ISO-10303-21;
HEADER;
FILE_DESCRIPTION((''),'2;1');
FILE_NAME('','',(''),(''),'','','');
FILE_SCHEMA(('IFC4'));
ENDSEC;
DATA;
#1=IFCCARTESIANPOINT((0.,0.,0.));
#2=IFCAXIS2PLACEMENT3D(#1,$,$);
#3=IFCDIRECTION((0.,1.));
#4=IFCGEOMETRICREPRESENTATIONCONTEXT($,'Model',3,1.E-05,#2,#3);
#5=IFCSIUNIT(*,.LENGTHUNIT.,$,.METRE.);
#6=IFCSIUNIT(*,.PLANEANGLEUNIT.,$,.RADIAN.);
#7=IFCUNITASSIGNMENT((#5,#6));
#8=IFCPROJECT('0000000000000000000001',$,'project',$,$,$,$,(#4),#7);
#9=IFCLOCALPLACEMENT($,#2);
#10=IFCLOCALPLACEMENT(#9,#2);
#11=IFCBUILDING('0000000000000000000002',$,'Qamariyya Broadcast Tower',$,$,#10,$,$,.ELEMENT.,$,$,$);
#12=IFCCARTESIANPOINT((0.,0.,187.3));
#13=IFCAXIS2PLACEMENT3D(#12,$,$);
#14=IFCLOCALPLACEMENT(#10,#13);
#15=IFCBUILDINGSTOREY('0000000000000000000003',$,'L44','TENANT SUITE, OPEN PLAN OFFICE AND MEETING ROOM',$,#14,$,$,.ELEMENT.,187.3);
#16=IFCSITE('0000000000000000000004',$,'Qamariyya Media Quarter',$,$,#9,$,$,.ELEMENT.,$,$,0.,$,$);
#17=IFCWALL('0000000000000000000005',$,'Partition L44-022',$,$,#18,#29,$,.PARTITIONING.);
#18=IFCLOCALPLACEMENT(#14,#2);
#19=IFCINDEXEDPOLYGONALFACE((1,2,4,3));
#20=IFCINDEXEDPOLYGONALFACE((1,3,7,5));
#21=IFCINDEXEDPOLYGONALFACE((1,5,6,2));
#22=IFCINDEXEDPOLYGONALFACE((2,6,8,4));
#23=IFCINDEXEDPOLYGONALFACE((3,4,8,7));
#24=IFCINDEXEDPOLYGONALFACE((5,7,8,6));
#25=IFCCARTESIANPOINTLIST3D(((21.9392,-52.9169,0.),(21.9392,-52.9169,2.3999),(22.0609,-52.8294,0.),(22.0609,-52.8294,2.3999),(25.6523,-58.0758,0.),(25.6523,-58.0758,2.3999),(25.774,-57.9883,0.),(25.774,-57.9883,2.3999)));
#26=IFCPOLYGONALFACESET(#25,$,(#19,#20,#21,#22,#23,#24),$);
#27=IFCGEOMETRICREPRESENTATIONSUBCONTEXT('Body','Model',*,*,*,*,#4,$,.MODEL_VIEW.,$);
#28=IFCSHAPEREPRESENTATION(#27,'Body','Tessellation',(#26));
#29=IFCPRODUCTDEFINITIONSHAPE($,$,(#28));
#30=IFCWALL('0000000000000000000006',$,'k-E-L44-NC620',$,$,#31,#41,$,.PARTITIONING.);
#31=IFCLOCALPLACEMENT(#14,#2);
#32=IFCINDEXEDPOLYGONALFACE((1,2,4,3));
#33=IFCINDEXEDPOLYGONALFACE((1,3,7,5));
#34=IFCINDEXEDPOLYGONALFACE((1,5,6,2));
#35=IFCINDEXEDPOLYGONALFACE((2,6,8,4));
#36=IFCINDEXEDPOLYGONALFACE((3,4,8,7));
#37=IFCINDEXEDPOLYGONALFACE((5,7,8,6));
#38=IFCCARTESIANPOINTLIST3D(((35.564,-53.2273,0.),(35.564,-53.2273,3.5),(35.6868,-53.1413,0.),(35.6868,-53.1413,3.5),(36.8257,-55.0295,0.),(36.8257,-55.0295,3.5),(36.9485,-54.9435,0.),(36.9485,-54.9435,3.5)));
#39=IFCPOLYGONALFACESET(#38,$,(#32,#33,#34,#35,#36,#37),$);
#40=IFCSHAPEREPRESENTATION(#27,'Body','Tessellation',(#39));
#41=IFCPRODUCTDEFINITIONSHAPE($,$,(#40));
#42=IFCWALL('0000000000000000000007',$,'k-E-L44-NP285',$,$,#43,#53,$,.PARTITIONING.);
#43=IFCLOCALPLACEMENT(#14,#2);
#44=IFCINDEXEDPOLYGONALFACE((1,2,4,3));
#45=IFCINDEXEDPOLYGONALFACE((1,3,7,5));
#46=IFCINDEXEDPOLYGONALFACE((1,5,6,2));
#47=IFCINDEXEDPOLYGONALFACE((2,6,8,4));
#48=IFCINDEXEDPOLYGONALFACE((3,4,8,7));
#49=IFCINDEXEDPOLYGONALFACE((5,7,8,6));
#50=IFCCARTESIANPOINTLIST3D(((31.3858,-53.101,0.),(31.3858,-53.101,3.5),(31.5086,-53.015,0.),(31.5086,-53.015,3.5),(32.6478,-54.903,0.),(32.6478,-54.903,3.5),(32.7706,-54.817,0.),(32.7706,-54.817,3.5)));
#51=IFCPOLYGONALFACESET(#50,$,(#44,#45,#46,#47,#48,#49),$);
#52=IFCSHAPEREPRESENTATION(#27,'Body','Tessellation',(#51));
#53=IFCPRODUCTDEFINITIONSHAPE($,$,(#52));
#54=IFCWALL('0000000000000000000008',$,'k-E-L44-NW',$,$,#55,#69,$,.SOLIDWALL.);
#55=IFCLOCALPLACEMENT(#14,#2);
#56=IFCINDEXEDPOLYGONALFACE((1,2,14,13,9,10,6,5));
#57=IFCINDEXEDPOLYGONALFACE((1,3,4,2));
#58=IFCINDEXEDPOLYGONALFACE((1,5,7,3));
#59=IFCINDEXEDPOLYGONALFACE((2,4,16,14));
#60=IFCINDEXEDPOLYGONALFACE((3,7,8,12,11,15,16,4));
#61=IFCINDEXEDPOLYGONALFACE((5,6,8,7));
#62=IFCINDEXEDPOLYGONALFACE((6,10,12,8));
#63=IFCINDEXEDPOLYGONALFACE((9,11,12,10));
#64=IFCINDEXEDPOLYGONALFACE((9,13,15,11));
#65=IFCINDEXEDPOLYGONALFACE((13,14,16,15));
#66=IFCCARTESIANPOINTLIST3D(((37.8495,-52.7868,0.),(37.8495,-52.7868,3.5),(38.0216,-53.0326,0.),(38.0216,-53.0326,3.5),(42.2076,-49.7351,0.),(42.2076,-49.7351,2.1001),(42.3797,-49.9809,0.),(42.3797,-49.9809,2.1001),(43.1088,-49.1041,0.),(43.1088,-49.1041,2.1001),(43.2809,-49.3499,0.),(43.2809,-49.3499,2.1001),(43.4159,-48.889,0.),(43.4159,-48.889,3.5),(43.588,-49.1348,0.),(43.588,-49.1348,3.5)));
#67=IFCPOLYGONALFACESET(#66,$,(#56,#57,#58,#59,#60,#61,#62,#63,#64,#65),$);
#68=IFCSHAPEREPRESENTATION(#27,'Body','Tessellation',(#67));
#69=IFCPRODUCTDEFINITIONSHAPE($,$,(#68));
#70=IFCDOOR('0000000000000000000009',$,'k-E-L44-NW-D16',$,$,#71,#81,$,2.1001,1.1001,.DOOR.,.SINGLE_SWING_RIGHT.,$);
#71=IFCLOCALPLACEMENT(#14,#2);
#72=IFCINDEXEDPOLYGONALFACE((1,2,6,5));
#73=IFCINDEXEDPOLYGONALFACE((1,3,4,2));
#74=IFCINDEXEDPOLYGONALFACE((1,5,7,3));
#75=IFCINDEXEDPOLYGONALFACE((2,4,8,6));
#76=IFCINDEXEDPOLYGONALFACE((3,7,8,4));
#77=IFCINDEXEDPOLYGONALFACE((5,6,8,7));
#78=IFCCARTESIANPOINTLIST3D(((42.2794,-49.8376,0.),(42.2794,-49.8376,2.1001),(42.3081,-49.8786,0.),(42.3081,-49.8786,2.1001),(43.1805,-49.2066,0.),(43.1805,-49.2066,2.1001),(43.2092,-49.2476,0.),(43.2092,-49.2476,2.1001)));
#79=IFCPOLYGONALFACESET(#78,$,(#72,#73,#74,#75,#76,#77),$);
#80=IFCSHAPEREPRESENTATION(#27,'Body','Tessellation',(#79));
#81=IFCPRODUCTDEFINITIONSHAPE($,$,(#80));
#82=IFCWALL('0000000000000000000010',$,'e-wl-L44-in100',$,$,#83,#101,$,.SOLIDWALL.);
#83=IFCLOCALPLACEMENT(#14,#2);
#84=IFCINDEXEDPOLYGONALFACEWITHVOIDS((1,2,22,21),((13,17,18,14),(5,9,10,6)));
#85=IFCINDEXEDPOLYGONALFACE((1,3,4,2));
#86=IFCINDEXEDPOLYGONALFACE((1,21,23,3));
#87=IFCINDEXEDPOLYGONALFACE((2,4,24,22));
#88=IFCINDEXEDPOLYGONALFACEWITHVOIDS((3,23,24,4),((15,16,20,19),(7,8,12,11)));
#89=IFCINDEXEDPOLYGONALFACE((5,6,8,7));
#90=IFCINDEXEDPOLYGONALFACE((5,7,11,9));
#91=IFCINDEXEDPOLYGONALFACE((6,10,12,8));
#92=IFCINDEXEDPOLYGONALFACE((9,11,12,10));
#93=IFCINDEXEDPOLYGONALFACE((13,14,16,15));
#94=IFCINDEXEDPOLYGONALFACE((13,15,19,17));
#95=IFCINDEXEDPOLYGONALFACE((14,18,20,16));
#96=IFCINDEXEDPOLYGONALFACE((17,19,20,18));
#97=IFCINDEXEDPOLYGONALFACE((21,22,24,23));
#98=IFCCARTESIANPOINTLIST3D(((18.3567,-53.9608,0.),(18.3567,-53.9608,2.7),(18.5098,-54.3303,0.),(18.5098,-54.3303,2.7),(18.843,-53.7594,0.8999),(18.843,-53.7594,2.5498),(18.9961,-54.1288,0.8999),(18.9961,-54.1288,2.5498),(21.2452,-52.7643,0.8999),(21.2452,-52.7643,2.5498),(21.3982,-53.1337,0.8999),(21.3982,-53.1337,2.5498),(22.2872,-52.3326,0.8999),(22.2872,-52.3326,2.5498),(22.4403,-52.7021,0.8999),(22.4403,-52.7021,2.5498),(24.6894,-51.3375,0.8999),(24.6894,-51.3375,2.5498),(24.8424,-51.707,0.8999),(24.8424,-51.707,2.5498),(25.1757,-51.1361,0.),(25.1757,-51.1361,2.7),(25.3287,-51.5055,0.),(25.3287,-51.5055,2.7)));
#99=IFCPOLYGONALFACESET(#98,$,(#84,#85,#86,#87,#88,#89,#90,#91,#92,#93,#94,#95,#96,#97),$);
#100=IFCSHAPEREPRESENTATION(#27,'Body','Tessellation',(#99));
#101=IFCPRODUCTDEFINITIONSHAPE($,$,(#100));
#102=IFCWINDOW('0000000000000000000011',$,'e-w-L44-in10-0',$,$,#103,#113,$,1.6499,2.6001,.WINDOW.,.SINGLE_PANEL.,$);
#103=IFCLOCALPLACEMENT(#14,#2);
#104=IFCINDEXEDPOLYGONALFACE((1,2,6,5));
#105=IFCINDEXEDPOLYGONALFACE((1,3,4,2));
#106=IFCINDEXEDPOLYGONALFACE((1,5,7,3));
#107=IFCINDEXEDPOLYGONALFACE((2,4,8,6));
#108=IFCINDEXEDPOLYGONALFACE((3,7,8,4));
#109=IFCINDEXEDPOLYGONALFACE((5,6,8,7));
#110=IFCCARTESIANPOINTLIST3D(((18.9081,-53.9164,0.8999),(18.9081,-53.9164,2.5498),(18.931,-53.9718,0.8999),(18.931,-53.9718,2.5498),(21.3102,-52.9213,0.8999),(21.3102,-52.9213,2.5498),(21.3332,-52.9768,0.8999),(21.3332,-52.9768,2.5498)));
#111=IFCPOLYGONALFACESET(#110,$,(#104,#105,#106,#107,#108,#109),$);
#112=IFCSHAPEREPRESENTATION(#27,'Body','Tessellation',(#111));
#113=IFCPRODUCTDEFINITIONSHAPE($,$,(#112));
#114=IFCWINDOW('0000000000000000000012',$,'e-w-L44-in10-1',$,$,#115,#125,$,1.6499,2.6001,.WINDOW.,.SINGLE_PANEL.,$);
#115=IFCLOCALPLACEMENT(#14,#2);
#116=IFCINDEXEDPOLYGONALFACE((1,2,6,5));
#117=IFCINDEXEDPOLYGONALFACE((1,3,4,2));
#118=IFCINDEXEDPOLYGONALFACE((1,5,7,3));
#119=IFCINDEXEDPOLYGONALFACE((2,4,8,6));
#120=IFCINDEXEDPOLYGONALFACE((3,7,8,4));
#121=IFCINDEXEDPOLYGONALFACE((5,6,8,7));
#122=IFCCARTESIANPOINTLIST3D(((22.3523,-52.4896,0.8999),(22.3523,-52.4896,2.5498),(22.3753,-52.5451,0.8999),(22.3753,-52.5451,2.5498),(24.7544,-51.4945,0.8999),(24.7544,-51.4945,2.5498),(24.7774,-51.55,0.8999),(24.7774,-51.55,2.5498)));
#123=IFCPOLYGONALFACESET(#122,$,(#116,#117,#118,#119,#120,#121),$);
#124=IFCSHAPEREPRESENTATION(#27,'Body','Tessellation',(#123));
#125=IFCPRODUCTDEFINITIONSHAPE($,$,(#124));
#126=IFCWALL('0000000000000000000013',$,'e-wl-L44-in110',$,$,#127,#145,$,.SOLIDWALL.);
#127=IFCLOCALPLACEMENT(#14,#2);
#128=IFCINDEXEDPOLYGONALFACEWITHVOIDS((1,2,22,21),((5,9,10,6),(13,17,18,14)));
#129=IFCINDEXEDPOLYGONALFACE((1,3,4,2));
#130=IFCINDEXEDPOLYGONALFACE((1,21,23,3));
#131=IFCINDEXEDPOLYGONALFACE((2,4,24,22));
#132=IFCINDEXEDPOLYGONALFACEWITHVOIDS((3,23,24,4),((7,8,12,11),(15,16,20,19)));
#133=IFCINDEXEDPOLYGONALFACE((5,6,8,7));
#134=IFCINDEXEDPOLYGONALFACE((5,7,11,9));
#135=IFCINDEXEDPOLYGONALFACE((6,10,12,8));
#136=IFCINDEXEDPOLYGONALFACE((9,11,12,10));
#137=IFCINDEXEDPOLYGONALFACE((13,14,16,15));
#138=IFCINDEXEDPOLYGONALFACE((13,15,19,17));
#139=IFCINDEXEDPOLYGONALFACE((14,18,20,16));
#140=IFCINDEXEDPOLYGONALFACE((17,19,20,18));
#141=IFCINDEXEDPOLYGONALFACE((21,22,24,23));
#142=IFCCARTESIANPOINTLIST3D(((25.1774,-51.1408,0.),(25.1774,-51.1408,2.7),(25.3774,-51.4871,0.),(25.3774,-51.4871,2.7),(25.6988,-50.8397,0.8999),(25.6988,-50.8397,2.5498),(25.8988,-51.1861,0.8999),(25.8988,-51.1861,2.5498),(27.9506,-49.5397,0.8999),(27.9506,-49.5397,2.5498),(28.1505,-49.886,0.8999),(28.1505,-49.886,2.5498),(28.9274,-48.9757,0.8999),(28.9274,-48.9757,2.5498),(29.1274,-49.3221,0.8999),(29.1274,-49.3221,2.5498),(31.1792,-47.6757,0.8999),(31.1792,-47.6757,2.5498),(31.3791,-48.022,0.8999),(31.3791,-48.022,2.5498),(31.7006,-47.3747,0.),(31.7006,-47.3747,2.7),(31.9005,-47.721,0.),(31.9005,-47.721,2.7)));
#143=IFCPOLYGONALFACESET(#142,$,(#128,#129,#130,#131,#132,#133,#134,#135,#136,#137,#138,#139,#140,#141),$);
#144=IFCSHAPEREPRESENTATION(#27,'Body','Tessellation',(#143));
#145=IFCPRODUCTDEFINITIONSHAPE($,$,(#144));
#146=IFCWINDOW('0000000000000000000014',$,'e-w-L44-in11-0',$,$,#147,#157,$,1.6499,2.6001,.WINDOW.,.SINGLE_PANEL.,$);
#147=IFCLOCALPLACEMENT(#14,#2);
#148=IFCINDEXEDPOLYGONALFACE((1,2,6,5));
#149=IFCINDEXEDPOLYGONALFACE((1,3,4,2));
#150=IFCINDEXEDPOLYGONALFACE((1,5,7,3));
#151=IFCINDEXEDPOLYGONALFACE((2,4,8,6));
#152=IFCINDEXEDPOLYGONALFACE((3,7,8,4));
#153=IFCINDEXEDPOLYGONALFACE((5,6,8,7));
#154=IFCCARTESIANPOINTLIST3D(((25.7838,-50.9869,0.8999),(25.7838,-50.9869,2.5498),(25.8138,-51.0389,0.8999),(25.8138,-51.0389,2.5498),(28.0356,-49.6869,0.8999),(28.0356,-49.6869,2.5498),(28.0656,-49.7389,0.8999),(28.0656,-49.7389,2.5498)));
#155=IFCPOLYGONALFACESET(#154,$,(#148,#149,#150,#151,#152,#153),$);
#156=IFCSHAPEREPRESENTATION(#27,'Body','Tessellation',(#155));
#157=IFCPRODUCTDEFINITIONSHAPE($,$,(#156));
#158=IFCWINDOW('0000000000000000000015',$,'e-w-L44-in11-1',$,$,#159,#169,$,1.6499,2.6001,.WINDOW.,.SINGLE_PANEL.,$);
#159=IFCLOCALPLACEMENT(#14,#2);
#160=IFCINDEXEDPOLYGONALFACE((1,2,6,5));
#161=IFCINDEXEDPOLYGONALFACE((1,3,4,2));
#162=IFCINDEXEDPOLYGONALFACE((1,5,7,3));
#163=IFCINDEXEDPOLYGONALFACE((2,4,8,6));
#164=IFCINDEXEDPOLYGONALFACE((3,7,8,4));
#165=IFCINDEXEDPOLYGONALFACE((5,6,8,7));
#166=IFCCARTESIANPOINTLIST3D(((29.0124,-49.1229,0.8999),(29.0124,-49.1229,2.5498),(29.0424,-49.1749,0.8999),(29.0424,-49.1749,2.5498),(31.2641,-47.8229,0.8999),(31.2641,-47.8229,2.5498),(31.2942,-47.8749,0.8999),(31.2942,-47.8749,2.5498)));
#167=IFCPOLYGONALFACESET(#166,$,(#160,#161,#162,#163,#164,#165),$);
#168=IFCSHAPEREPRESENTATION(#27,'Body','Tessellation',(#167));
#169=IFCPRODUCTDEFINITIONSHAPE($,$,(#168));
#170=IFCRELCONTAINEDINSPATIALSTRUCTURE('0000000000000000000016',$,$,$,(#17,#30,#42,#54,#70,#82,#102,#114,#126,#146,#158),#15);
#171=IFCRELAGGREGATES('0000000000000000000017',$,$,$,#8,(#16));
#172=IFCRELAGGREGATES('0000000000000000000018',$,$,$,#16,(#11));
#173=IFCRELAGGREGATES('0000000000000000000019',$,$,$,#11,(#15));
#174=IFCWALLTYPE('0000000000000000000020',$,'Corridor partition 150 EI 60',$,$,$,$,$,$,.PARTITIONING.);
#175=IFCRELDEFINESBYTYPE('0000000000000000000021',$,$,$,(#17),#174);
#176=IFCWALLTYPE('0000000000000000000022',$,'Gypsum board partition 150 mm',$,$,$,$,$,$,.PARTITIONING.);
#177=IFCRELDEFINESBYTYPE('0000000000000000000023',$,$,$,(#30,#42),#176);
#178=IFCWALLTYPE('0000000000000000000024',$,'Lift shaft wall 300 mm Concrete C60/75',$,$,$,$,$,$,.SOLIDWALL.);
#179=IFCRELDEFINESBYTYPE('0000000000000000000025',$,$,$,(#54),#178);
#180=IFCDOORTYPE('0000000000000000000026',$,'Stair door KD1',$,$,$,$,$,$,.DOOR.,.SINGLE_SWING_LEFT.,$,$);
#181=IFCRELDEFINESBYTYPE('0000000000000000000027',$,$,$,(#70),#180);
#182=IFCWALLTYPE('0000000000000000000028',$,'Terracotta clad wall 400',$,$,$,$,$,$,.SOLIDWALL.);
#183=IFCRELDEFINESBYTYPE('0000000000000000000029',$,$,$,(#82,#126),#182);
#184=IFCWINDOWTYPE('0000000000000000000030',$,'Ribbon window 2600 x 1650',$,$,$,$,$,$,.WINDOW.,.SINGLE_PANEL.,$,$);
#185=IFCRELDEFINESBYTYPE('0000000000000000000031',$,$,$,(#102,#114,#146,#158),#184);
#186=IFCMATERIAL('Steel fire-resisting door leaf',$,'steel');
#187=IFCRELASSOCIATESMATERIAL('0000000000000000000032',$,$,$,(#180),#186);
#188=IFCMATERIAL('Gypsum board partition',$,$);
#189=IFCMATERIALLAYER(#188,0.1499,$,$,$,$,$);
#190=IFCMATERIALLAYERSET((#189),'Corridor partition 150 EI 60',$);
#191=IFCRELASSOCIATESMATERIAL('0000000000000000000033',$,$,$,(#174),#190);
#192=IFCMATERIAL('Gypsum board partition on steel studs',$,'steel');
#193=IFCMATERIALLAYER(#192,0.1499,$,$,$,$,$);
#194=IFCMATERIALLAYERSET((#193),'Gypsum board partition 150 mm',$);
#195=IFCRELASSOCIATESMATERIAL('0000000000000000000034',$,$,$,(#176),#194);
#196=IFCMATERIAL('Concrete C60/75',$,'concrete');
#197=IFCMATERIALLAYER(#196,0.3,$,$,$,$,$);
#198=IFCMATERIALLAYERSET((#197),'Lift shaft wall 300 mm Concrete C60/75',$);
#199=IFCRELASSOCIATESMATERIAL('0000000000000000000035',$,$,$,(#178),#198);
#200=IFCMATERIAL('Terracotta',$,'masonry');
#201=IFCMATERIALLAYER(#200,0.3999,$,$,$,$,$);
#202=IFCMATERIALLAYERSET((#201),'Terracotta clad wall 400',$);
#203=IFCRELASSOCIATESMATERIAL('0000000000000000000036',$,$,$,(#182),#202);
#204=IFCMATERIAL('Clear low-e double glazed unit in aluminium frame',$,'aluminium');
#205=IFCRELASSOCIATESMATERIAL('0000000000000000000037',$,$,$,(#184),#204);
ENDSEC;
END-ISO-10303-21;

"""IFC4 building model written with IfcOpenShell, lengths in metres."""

from ifc_helpers import new_model, si_unit, direction, frame, frame_2d, origin, place, context, subcontext, project, spatial, rectangle, extrude, material, layer, layer_set, type_object, element, fill, save


model = new_model("IFC4")

# Units and contexts
model_context = context("Model", 3, precision=1e-05, world=origin(), true_north=direction((0.0, 1.0)))
body_context = subcontext(model_context, "Body", "Model", "MODEL_VIEW")
ifc_project = project(units=[si_unit("LENGTHUNIT", "METRE"), si_unit("PLANEANGLEUNIT", "RADIAN")], contexts=[model_context])

# Site, building, storey
site_placement = place(None, origin())
site = spatial("IfcSite", under=ifc_project, at=site_placement, Name="Qamariyya Media Quarter", CompositionType="ELEMENT", RefElevation=0.0)
building_placement = place(site_placement, origin())
building = spatial("IfcBuilding", under=site, at=building_placement, Name="Qamariyya Broadcast Tower", CompositionType="ELEMENT")
storey_placement = place(building_placement, frame((0.0, 0.0, 187.3)))
storey = spatial("IfcBuildingStorey", under=building, at=storey_placement, Name="L44", Description="TENANT SUITE, OPEN PLAN OFFICE AND MEETING ROOM", CompositionType="ELEMENT", Elevation=187.3)

# Shared definitions
ifc_material_1 = material(Name="Concrete C60/75", Category="concrete")

# Shared definitions
ifc_material_2 = material(Name="Steel fire-resisting door leaf", Category="steel")
door_type_1 = type_object("IfcDoorType", Name="Stair door KD1", OperationType="SINGLE_SWING_LEFT", PredefinedType="DOOR", material=ifc_material_2)

# Walls
ifc_material_3 = material(Name="Gypsum board partition")
ifc_layer_1 = layer(ifc_material_3, 0.1499)
ifc_layer_set_1 = layer_set([ifc_layer_1], Name="Corridor partition 150 EI 60")
wall_type_1 = type_object("IfcWallType", Name="Corridor partition 150 EI 60", PredefinedType="PARTITIONING", material=ifc_layer_set_1)
wall_1_placement = place(storey_placement, frame((22.0, -52.873, 0.0), z_axis=(0.0, 0.0, 1.0), x_axis=(0.58417, -0.811631, 0.0)))
element("IfcWall", 1, at=wall_1_placement, inside=storey, type_object=wall_type_1, Name="Partition L44-022", PredefinedType="PARTITIONING", context=body_context, shape_type="SweptSolid", body=[
    extrude(rectangle(XDim=6.3562, YDim=0.1499, at=frame_2d((3.1782, 0.0))), origin(), (0.0, 0.0, 1.0), 2.3999),
])
ifc_material_4 = material(Name="Gypsum board partition on steel studs", Category="steel")
ifc_layer_2 = layer(ifc_material_4, 0.1499)
ifc_layer_set_2 = layer_set([ifc_layer_2], Name="Gypsum board partition 150 mm")
wall_type_2 = type_object("IfcWallType", Name="Gypsum board partition 150 mm", PredefinedType="PARTITIONING", material=ifc_layer_set_2)
for number, where, z_axis, x_axis, name in (
    (2, (36.8872, -54.9866, 0.0), (0.0, 0.0, 1.0), (-0.573507, 0.819201, 0.0), "k-E-L44-NC620"),
    (3, (32.7092, -54.8601, 0.0), (0.0, 0.0, 1.0), (-0.573634, 0.819112, 0.0), "k-E-L44-NP285"),
):
    element("IfcWall", number, at=place(storey_placement, frame(where, z_axis=z_axis, x_axis=x_axis)), inside=storey, type_object=wall_type_2, Name=name, PredefinedType="PARTITIONING", context=body_context, shape_type="SweptSolid", body=[
        extrude(rectangle(XDim=2.2, YDim=0.1499, at=frame_2d((1.1001, 0.0))), origin(), (0.0, 0.0, 1.0), 3.5),
    ])

# Wall, opening, door
ifc_layer_3 = layer(ifc_material_1, 0.3)
ifc_layer_set_3 = layer_set([ifc_layer_3], Name="Lift shaft wall 300 mm Concrete C60/75")
wall_type_3 = type_object("IfcWallType", Name="Lift shaft wall 300 mm Concrete C60/75", PredefinedType="SOLIDWALL", material=ifc_layer_set_3)
wall_2_placement = place(storey_placement, frame((37.9355, -52.9097, 0.0), z_axis=(0.0, 0.0, 1.0), x_axis=(0.819148, 0.573583, 0.0)))
wall_2 = element("IfcWall", 4, at=wall_2_placement, inside=storey, type_object=wall_type_3, Name="k-E-L44-NW", PredefinedType="SOLIDWALL", context=body_context, shape_type="SweptSolid", body=[
    extrude(rectangle(XDim=6.7954, YDim=0.3, at=frame_2d((3.3977, 0.0))), origin(), (0.0, 0.0, 1.0), 3.5),
])
opening_1_placement = place(wall_2_placement, frame((5.3203, 0.0, 0.0)))
opening_1 = element("IfcOpeningElement", 5, at=opening_1_placement, cuts=wall_2, PredefinedType="OPENING", context=body_context, shape_type="SweptSolid", body=[
    extrude(rectangle(XDim=1.1001, YDim=2.1001, at=frame_2d((0.55, 1.05))), frame((0.0, 0.1599, 0.0), z_axis=(0.0, -1.0, 0.0), x_axis=(1.0, 0.0, 0.0)), (0.0, 0.0, 1.0), 0.3201),
])
door_1_placement = place(opening_1_placement, origin())
door_1 = element("IfcDoor", 6, at=door_1_placement, inside=storey, type_object=door_type_1, Name="k-E-L44-NW-D16", OperationType="SINGLE_SWING_RIGHT", OverallHeight=2.1001, OverallWidth=1.1001, PredefinedType="DOOR", context=body_context, shape_type="SweptSolid", body=[
    extrude(rectangle(XDim=1.1001, YDim=2.1001, at=frame_2d((0.55, 1.05))), frame((0.0, 0.0249, 0.0), z_axis=(0.0, -1.0, 0.0), x_axis=(1.0, 0.0, 0.0)), (0.0, 0.0, 1.0), 0.05),
])
fill(opening_1, door_1)

# Walls, openings, windows
ifc_material_5 = material(Name="Terracotta", Category="masonry")
ifc_layer_4 = layer(ifc_material_5, 0.3999)
ifc_layer_set_4 = layer_set([ifc_layer_4], Name="Terracotta clad wall 400")
wall_type_4 = type_object("IfcWallType", Name="Terracotta clad wall 400", PredefinedType="SOLIDWALL", material=ifc_layer_set_4)
wall_3_placement = place(storey_placement, frame((25.2522, -51.3208, 0.0), z_axis=(0.0, 0.0, 1.0), x_axis=(-0.923868, -0.382712, 0.0)))
wall_3 = element("IfcWall", 7, at=wall_3_placement, inside=storey, type_object=wall_type_4, Name="e-wl-L44-in100", PredefinedType="SOLIDWALL", context=body_context, shape_type="SweptSolid", body=[
    extrude(rectangle(XDim=7.3809, YDim=0.3999, at=frame_2d((3.6904, 0.0))), origin(), (0.0, 0.0, 1.0), 2.7),
])
opening_2_placement = place(wall_3_placement, frame((4.2544, 0.0, 0.8999)))
opening_2 = element("IfcOpeningElement", 8, at=opening_2_placement, cuts=wall_3, PredefinedType="OPENING", context=body_context, shape_type="SweptSolid", body=[
    extrude(rectangle(XDim=2.6001, YDim=1.6499, at=frame_2d((1.3, 0.825))), frame((0.0, 0.21, 0.0), z_axis=(0.0, -1.0, 0.0), x_axis=(1.0, 0.0, 0.0)), (0.0, 0.0, 1.0), 0.4199),
])
opening_3_placement = place(wall_3_placement, frame((0.5264, 0.0, 0.8999)))
opening_3 = element("IfcOpeningElement", 9, at=opening_3_placement, cuts=wall_3, PredefinedType="OPENING", context=body_context, shape_type="SweptSolid", body=[
    extrude(rectangle(XDim=2.6001, YDim=1.6499, at=frame_2d((1.3, 0.825))), frame((0.0, 0.21, 0.0), z_axis=(0.0, -1.0, 0.0), x_axis=(1.0, 0.0, 0.0)), (0.0, 0.0, 1.0), 0.4199),
])
ifc_material_6 = material(Name="Clear low-e double glazed unit in aluminium frame", Category="aluminium")
window_type = type_object("IfcWindowType", Name="Ribbon window 2600 x 1650", PartitioningType="SINGLE_PANEL", PredefinedType="WINDOW", material=ifc_material_6)
window_1_placement = place(opening_2_placement, origin())
window_1 = element("IfcWindow", 10, at=window_1_placement, inside=storey, type_object=window_type, Name="e-w-L44-in10-0", OverallHeight=1.6499, OverallWidth=2.6001, PartitioningType="SINGLE_PANEL", PredefinedType="WINDOW", context=body_context, shape_type="SweptSolid", body=[
    extrude(rectangle(XDim=2.6001, YDim=1.6499, at=frame_2d((1.3, 0.825))), frame((0.0, 0.03, 0.0), z_axis=(0.0, -1.0, 0.0), x_axis=(1.0, 0.0, 0.0)), (0.0, 0.0, 1.0), 0.0601),
])
fill(opening_2, window_1)
window_2_placement = place(opening_3_placement, origin())
window_2 = element("IfcWindow", 11, at=window_2_placement, inside=storey, type_object=window_type, Name="e-w-L44-in10-1", OverallHeight=1.6499, OverallWidth=2.6001, PartitioningType="SINGLE_PANEL", PredefinedType="WINDOW", context=body_context, shape_type="SweptSolid", body=[
    extrude(rectangle(XDim=2.6001, YDim=1.6499, at=frame_2d((1.3, 0.825))), frame((0.0, 0.03, 0.0), z_axis=(0.0, -1.0, 0.0), x_axis=(1.0, 0.0, 0.0)), (0.0, 0.0, 1.0), 0.0601),
])
fill(opening_3, window_2)
wall_4_placement = place(storey_placement, frame((31.8005, -47.5479, 0.0), z_axis=(0.0, 0.0, 1.0), x_axis=(-0.866029, -0.499995, 0.0)))
wall_4 = element("IfcWall", 12, at=wall_4_placement, inside=storey, type_object=wall_type_4, Name="e-wl-L44-in110", PredefinedType="SOLIDWALL", context=body_context, shape_type="SweptSolid", body=[
    extrude(rectangle(XDim=7.5322, YDim=0.3999, at=frame_2d((3.7661, 0.0))), origin(), (0.0, 0.0, 1.0), 2.7),
])
opening_4_placement = place(wall_4_placement, frame((4.3301, 0.0, 0.8999)))
opening_4 = element("IfcOpeningElement", 13, at=opening_4_placement, cuts=wall_4, PredefinedType="OPENING", context=body_context, shape_type="SweptSolid", body=[
    extrude(rectangle(XDim=2.6001, YDim=1.6499, at=frame_2d((1.3, 0.825))), frame((0.0, 0.21, 0.0), z_axis=(0.0, -1.0, 0.0), x_axis=(1.0, 0.0, 0.0)), (0.0, 0.0, 1.0), 0.4199),
])
opening_5_placement = place(wall_4_placement, frame((0.6021, 0.0, 0.8999)))
opening_5 = element("IfcOpeningElement", 14, at=opening_5_placement, cuts=wall_4, PredefinedType="OPENING", context=body_context, shape_type="SweptSolid", body=[
    extrude(rectangle(XDim=2.6001, YDim=1.6499, at=frame_2d((1.3, 0.825))), frame((0.0, 0.21, 0.0), z_axis=(0.0, -1.0, 0.0), x_axis=(1.0, 0.0, 0.0)), (0.0, 0.0, 1.0), 0.4199),
])
window_3_placement = place(opening_4_placement, origin())
window_3 = element("IfcWindow", 15, at=window_3_placement, inside=storey, type_object=window_type, Name="e-w-L44-in11-0", OverallHeight=1.6499, OverallWidth=2.6001, PartitioningType="SINGLE_PANEL", PredefinedType="WINDOW", context=body_context, shape_type="SweptSolid", body=[
    extrude(rectangle(XDim=2.6001, YDim=1.6499, at=frame_2d((1.3, 0.825))), frame((0.0, 0.03, 0.0), z_axis=(0.0, -1.0, 0.0), x_axis=(1.0, 0.0, 0.0)), (0.0, 0.0, 1.0), 0.0601),
])
fill(opening_4, window_3)
window_4_placement = place(opening_5_placement, origin())
window_4 = element("IfcWindow", 16, at=window_4_placement, inside=storey, type_object=window_type, Name="e-w-L44-in11-1", OverallHeight=1.6499, OverallWidth=2.6001, PartitioningType="SINGLE_PANEL", PredefinedType="WINDOW", context=body_context, shape_type="SweptSolid", body=[
    extrude(rectangle(XDim=2.6001, YDim=1.6499, at=frame_2d((1.3, 0.825))), frame((0.0, 0.03, 0.0), z_axis=(0.0, -1.0, 0.0), x_axis=(1.0, 0.0, 0.0)), (0.0, 0.0, 1.0), 0.0601),
])
fill(opening_5, window_4)

save(model, "model.ifc")
